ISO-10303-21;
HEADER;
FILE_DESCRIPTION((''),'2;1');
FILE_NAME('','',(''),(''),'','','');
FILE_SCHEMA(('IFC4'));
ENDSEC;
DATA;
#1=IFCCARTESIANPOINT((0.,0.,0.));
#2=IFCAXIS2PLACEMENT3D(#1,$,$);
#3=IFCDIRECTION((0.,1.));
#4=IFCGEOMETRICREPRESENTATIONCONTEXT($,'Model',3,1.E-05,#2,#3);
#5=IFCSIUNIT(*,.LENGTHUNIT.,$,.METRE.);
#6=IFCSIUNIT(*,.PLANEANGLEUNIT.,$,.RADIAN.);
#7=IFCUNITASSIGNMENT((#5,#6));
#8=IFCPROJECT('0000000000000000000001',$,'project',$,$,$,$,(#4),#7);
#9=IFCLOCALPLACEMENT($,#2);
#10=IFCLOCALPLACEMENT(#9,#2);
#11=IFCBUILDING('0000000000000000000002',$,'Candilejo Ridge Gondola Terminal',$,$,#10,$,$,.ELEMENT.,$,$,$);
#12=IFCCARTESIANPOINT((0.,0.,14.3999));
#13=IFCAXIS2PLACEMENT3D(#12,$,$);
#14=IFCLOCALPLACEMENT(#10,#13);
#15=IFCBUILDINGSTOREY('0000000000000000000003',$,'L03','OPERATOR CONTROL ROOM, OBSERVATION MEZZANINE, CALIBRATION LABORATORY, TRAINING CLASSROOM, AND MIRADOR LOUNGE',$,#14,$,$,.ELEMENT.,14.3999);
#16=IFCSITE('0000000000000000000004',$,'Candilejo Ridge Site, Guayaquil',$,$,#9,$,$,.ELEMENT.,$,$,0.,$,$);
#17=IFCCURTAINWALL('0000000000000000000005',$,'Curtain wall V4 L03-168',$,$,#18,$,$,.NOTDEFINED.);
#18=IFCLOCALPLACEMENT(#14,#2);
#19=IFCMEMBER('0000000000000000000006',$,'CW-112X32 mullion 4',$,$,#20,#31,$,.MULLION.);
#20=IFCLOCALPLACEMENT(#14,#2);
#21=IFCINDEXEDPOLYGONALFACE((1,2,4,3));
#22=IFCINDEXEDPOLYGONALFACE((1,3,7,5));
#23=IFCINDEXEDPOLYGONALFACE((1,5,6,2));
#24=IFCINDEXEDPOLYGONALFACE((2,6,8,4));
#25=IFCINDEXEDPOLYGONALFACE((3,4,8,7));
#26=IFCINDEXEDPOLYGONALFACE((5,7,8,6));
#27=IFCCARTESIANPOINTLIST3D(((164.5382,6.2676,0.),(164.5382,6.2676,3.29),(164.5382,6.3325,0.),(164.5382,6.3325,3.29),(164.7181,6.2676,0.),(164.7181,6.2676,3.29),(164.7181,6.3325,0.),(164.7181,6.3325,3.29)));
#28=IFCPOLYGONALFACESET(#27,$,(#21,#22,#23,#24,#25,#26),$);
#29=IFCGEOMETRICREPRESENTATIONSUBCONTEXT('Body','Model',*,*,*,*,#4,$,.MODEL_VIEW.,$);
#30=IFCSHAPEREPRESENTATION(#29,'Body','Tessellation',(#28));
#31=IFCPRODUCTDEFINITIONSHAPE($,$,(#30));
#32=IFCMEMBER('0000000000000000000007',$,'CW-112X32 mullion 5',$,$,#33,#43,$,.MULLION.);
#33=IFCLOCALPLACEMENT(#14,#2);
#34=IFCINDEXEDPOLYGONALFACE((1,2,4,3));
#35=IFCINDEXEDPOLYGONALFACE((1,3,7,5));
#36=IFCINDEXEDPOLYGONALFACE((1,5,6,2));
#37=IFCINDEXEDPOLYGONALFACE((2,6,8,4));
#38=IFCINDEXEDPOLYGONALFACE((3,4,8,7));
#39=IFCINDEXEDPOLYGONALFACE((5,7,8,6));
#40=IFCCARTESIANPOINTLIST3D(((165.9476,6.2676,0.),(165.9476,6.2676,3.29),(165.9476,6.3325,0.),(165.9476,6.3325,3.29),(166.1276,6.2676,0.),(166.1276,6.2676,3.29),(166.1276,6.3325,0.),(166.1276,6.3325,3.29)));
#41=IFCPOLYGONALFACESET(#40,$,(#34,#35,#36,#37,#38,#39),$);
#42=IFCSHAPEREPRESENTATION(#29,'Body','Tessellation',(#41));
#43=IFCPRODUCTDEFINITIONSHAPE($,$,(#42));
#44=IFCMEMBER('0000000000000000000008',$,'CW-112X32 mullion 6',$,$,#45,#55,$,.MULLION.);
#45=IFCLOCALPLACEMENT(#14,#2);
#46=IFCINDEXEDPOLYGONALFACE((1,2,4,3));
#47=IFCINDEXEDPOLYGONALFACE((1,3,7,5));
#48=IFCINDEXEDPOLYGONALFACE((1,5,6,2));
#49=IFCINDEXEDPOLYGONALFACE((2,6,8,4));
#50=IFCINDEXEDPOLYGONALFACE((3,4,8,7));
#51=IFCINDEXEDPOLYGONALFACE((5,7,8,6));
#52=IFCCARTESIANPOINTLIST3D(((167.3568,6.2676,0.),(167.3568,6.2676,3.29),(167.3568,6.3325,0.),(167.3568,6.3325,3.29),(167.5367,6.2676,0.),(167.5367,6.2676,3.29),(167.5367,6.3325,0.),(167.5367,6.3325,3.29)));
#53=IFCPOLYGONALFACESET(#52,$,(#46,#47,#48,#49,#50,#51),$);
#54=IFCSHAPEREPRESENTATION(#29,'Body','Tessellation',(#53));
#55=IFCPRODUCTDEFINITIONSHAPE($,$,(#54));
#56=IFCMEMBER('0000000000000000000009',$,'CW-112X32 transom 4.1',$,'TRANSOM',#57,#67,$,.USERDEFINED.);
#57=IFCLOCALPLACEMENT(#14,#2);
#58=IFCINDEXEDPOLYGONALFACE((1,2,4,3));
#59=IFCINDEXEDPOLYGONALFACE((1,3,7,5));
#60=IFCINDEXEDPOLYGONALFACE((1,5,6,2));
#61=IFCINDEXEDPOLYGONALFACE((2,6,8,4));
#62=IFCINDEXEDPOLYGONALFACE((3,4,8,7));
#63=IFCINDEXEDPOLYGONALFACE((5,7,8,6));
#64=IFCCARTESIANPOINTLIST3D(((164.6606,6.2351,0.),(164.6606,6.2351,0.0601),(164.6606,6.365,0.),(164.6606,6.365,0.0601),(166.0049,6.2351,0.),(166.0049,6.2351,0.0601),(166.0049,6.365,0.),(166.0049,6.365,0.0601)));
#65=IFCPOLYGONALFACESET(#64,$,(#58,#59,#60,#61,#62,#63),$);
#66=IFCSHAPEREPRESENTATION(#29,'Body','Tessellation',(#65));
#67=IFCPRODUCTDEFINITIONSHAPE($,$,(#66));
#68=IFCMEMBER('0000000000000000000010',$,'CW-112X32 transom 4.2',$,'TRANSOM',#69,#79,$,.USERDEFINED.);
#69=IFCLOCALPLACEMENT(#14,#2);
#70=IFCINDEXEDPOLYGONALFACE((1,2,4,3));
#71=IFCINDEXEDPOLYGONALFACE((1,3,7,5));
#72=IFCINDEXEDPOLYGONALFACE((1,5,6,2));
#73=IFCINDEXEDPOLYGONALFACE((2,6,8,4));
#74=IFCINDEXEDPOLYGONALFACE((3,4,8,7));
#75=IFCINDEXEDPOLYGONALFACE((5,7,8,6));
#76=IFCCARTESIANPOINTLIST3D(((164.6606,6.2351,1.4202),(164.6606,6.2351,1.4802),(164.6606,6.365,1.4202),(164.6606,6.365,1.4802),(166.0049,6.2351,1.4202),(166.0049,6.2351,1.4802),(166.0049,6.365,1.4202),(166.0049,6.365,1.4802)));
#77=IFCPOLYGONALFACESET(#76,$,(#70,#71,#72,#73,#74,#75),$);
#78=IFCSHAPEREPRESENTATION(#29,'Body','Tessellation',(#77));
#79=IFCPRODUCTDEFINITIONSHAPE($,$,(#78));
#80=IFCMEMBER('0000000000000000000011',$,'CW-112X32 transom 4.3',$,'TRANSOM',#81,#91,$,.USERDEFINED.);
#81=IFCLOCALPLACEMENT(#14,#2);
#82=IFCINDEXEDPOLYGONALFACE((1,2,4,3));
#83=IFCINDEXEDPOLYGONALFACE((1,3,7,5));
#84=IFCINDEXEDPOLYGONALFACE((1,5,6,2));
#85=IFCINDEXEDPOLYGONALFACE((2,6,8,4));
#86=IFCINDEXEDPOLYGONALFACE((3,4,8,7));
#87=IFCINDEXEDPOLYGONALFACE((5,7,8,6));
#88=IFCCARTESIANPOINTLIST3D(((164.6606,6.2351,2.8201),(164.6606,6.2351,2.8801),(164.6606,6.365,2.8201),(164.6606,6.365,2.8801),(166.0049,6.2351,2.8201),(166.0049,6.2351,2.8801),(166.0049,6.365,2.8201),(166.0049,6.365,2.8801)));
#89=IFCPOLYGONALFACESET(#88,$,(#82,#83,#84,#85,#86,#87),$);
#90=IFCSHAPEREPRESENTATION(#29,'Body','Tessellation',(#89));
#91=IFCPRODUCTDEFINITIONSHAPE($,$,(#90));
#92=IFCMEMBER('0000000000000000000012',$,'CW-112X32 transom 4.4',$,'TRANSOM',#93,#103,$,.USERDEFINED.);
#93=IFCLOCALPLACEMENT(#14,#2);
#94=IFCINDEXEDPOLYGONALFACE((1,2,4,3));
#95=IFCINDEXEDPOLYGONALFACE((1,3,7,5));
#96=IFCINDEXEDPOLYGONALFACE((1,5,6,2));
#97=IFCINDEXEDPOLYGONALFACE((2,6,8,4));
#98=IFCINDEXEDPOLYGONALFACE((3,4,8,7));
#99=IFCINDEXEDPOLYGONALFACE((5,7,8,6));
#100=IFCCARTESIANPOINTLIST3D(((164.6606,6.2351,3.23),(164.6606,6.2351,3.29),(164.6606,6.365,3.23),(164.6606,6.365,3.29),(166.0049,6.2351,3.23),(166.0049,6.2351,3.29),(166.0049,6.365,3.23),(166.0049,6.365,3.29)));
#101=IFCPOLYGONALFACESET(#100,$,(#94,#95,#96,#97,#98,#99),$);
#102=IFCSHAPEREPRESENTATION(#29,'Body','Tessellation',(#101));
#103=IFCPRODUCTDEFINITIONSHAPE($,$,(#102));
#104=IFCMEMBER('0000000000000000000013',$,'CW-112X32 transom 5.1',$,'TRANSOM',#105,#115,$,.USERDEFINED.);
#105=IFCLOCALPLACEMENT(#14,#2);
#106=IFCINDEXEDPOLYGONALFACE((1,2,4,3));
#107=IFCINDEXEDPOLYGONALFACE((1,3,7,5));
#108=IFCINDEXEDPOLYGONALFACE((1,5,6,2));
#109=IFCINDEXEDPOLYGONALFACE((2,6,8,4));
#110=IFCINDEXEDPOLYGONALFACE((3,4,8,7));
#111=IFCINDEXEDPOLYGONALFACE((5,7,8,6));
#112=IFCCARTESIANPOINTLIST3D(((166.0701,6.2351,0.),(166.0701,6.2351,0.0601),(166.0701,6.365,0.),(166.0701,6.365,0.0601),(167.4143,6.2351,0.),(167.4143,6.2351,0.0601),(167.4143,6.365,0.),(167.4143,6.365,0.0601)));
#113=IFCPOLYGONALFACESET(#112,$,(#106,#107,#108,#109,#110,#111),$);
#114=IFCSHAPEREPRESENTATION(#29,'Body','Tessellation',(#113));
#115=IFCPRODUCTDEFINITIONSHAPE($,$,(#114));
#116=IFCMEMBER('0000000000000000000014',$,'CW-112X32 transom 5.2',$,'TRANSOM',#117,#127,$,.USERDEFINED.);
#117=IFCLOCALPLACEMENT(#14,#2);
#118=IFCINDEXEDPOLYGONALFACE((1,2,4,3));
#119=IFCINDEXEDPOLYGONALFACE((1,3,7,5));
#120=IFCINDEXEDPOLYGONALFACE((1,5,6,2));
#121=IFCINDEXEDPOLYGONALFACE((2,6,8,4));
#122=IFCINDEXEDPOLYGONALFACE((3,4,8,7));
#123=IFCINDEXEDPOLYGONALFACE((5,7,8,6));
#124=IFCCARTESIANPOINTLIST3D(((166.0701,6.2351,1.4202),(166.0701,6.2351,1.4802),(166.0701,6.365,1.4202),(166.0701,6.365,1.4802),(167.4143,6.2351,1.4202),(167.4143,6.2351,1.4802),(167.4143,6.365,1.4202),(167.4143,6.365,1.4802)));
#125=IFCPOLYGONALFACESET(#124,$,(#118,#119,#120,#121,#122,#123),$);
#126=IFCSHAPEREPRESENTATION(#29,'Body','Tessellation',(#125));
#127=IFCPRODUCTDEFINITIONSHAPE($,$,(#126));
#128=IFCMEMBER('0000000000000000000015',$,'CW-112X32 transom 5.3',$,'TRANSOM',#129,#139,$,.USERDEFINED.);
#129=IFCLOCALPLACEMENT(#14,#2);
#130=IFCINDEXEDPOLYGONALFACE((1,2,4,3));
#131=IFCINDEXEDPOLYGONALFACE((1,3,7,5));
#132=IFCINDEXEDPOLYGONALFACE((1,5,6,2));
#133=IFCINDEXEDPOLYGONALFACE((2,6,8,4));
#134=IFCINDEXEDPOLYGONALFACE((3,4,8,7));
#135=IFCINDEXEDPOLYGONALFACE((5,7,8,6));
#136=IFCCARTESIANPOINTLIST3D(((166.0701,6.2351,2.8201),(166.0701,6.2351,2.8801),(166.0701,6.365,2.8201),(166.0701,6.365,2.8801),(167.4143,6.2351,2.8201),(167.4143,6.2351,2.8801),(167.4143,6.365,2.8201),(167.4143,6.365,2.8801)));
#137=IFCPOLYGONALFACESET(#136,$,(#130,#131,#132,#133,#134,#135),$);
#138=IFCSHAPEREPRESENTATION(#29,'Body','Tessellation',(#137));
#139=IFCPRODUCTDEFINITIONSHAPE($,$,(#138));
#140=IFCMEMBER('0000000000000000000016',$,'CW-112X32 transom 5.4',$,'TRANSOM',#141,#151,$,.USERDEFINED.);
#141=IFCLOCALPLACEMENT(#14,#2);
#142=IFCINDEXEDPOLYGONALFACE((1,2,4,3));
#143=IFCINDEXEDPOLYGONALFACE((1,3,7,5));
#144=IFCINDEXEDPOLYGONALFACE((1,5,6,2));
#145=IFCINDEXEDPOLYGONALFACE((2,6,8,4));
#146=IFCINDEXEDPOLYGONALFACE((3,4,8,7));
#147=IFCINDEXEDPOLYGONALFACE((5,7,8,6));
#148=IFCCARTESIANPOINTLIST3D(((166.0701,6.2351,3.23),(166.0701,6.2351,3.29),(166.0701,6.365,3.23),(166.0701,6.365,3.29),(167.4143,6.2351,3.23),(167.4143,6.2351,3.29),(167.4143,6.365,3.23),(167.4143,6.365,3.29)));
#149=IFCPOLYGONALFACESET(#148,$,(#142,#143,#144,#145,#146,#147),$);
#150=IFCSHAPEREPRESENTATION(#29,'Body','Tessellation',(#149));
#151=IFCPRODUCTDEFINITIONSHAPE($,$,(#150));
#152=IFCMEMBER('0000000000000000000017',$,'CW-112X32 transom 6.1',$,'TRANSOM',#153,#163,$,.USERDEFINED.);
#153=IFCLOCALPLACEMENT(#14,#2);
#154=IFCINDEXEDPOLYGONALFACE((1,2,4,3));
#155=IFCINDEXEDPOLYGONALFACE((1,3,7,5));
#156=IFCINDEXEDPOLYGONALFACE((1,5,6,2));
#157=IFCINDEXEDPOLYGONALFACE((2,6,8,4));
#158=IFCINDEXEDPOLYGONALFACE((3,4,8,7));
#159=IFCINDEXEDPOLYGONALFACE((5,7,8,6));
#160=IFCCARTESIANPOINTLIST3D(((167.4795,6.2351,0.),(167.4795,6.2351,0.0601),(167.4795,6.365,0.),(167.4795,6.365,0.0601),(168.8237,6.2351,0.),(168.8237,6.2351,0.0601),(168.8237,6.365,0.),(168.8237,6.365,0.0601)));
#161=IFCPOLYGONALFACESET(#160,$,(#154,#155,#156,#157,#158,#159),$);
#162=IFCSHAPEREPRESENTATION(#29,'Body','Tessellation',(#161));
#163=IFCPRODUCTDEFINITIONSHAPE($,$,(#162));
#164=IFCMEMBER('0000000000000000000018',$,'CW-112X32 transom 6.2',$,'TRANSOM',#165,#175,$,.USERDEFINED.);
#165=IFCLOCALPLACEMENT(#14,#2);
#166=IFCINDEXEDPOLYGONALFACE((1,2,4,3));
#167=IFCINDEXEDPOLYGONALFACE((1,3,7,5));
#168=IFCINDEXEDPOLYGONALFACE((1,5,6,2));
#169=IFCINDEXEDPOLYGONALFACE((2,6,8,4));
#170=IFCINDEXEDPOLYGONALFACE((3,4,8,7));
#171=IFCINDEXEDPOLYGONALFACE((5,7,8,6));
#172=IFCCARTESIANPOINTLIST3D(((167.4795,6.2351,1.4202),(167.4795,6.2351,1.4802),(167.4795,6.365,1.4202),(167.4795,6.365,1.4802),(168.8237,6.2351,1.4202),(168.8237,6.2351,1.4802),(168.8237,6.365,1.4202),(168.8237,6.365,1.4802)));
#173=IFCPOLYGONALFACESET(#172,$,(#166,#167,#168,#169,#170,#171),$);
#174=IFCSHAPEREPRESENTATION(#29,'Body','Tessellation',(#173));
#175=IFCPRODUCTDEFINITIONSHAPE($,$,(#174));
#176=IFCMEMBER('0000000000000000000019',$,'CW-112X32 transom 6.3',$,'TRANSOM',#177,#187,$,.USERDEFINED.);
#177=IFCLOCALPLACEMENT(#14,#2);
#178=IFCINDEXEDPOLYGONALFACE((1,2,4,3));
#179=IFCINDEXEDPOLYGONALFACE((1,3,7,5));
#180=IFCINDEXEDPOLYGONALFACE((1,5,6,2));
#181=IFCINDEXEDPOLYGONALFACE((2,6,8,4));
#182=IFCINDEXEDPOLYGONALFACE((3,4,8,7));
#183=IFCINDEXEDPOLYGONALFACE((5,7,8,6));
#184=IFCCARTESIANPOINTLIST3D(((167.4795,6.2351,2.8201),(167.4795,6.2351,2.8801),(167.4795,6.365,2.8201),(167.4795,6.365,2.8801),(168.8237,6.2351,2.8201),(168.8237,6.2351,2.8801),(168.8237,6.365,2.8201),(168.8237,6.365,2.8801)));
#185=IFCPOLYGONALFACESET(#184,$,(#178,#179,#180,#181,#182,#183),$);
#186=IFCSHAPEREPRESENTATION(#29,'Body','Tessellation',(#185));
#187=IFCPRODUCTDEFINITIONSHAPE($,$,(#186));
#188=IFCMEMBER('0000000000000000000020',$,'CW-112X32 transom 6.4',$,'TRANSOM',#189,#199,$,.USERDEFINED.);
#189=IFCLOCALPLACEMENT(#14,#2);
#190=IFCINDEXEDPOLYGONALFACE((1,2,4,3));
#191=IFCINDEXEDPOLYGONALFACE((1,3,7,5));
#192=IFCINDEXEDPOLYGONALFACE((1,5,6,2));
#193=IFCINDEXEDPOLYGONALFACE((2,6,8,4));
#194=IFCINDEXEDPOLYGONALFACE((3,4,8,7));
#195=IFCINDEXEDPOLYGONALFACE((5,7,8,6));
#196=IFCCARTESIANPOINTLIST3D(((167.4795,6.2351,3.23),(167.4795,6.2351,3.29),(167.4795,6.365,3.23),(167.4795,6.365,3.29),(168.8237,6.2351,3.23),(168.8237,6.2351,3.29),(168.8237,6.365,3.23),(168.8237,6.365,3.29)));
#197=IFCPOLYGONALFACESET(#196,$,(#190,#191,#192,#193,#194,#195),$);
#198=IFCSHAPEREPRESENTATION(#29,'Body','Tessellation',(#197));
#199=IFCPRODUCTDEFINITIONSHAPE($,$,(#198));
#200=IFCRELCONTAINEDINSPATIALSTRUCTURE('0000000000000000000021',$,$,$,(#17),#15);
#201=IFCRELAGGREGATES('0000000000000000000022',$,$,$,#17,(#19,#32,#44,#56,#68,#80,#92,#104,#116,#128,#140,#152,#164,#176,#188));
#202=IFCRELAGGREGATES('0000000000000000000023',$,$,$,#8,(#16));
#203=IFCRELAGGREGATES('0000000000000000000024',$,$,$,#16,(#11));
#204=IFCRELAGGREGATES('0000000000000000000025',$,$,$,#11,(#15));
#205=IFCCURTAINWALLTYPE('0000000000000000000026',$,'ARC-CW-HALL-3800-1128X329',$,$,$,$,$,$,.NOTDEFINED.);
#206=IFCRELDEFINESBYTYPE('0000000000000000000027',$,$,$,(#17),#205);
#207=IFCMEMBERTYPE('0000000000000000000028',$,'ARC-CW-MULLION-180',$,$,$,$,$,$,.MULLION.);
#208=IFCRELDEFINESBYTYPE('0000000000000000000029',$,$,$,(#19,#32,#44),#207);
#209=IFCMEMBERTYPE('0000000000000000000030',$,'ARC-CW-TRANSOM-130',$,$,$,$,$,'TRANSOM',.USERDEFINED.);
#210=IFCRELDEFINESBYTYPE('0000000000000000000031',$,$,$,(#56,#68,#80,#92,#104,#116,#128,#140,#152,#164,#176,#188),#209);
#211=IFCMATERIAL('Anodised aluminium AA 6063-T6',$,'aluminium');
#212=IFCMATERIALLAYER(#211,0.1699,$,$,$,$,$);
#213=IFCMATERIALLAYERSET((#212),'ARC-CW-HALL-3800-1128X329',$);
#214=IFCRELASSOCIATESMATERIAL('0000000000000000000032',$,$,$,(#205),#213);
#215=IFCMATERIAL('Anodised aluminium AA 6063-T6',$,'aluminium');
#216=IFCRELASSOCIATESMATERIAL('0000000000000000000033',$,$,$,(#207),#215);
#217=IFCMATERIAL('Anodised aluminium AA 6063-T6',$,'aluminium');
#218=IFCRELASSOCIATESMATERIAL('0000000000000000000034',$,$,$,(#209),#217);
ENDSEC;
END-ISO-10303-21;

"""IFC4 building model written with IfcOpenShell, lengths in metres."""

from ifc_helpers import new_model, si_unit, direction, frame, origin, origin_2d, place, context, subcontext, project, spatial, rectangle, extrude, material, layer, layer_set, material_profile, profile_set, type_object, element, aggregate, save


model = new_model("IFC4")

# Units and contexts
model_context = context("Model", 3, precision=1e-05, world=origin(), true_north=direction((0.0, 1.0)))
body_context = subcontext(model_context, "Body", "Model", "MODEL_VIEW")
ifc_project = project(units=[si_unit("LENGTHUNIT", "METRE"), si_unit("PLANEANGLEUNIT", "RADIAN")], contexts=[model_context])

# Site, building, storey
site_placement = place(None, origin())
site = spatial("IfcSite", under=ifc_project, at=site_placement, Name="Candilejo Ridge Site, Guayaquil", CompositionType="ELEMENT", RefElevation=0.0)
building_placement = place(site_placement, origin())
building = spatial("IfcBuilding", under=site, at=building_placement, Name="Candilejo Ridge Gondola Terminal", CompositionType="ELEMENT")
storey_placement = place(building_placement, frame((0.0, 0.0, 14.3999)))
storey = spatial("IfcBuildingStorey", under=building, at=storey_placement, Name="L03", Description="OPERATOR CONTROL ROOM, OBSERVATION MEZZANINE, CALIBRATION LABORATORY, TRAINING CLASSROOM, AND MIRADOR LOUNGE", CompositionType="ELEMENT", Elevation=14.3999)

# Curtain wall, members
ifc_material_1 = material(Name="Anodised aluminium AA 6063-T6", Category="aluminium")
ifc_layer_1 = layer(ifc_material_1, 0.1699)
ifc_layer_set_1 = layer_set([ifc_layer_1], Name="ARC-CW-HALL-3800-1128X329")
curtain_wall_type = type_object("IfcCurtainWallType", Name="ARC-CW-HALL-3800-1128X329", PredefinedType="NOTDEFINED", material=ifc_layer_set_1)
curtain_wall_placement = place(storey_placement, origin())
curtain_wall = element("IfcCurtainWall", 1, at=curtain_wall_placement, inside=storey, type_object=curtain_wall_type, Name="Curtain wall V4 L03-168", PredefinedType="NOTDEFINED")
ifc_material_2 = material(Name="Anodised aluminium AA 6063-T6", Category="aluminium")
ifc_material_profile_1 = material_profile(ifc_material_2, rectangle(XDim=0.0649, YDim=0.1799, at=origin_2d()))
ifc_profile_set_1 = profile_set([ifc_material_profile_1], Name="Anodised aluminium AA 6063-T6")
member_type_1 = type_object("IfcMemberType", Name="ARC-CW-MULLION-180", PredefinedType="MULLION", material=ifc_profile_set_1)
member_1_placement = place(storey_placement, frame((164.6282, 6.3, 0.0), z_axis=(0.0, 0.0, 1.0), x_axis=(0.0, 1.0, 0.0)))
member_1 = element("IfcMember", 2, at=member_1_placement, type_object=member_type_1, Name="CW-112X32 mullion 4", PredefinedType="MULLION", context=body_context, shape_type="SweptSolid", body=[
    extrude(rectangle(XDim=0.0649, YDim=0.1799, at=origin_2d()), origin(), (0.0, 0.0, 1.0), 3.29),
])
member_2_placement = place(storey_placement, frame((166.0376, 6.3, 0.0), z_axis=(0.0, 0.0, 1.0), x_axis=(0.0, 1.0, 0.0)))
member_2 = element("IfcMember", 3, at=member_2_placement, type_object=member_type_1, Name="CW-112X32 mullion 5", PredefinedType="MULLION", context=body_context, shape_type="SweptSolid", body=[
    extrude(rectangle(XDim=0.0649, YDim=0.1799, at=origin_2d()), origin(), (0.0, 0.0, 1.0), 3.29),
])
member_3_placement = place(storey_placement, frame((167.4468, 6.3, 0.0), z_axis=(0.0, 0.0, 1.0), x_axis=(0.0, 1.0, 0.0)))
member_3 = element("IfcMember", 4, at=member_3_placement, type_object=member_type_1, Name="CW-112X32 mullion 6", PredefinedType="MULLION", context=body_context, shape_type="SweptSolid", body=[
    extrude(rectangle(XDim=0.0649, YDim=0.1799, at=origin_2d()), origin(), (0.0, 0.0, 1.0), 3.29),
])
ifc_material_3 = material(Name="Anodised aluminium AA 6063-T6", Category="aluminium")
ifc_material_profile_2 = material_profile(ifc_material_3, rectangle(XDim=0.1299, YDim=0.0601, at=origin_2d()))
ifc_profile_set_2 = profile_set([ifc_material_profile_2], Name="Anodised aluminium AA 6063-T6")
member_type_2 = type_object("IfcMemberType", Name="ARC-CW-TRANSOM-130", ElementType="TRANSOM", PredefinedType="USERDEFINED", material=ifc_profile_set_2)
member_4_placement = place(storey_placement, frame((164.6606, 6.3, 0.03), z_axis=(1.0, 0.0, 0.0), x_axis=(0.0, 1.0, 0.0)))
member_4 = element("IfcMember", 5, at=member_4_placement, type_object=member_type_2, Name="CW-112X32 transom 4.1", ObjectType="TRANSOM", PredefinedType="USERDEFINED", context=body_context, shape_type="SweptSolid", body=[
    extrude(rectangle(XDim=0.1299, YDim=0.0601, at=origin_2d()), origin(), (0.0, 0.0, 1.0), 1.3442),
])
member_5_placement = place(storey_placement, frame((164.6606, 6.3, 1.4502), z_axis=(1.0, 0.0, 0.0), x_axis=(0.0, 1.0, 0.0)))
member_5 = element("IfcMember", 6, at=member_5_placement, type_object=member_type_2, Name="CW-112X32 transom 4.2", ObjectType="TRANSOM", PredefinedType="USERDEFINED", context=body_context, shape_type="SweptSolid", body=[
    extrude(rectangle(XDim=0.1299, YDim=0.0601, at=origin_2d()), origin(), (0.0, 0.0, 1.0), 1.3442),
])
member_6_placement = place(storey_placement, frame((164.6606, 6.3, 2.8501), z_axis=(1.0, 0.0, 0.0), x_axis=(0.0, 1.0, 0.0)))
member_6 = element("IfcMember", 7, at=member_6_placement, type_object=member_type_2, Name="CW-112X32 transom 4.3", ObjectType="TRANSOM", PredefinedType="USERDEFINED", context=body_context, shape_type="SweptSolid", body=[
    extrude(rectangle(XDim=0.1299, YDim=0.0601, at=origin_2d()), origin(), (0.0, 0.0, 1.0), 1.3442),
])
member_7_placement = place(storey_placement, frame((164.6606, 6.3, 3.26), z_axis=(1.0, 0.0, 0.0), x_axis=(0.0, 1.0, 0.0)))
member_7 = element("IfcMember", 8, at=member_7_placement, type_object=member_type_2, Name="CW-112X32 transom 4.4", ObjectType="TRANSOM", PredefinedType="USERDEFINED", context=body_context, shape_type="SweptSolid", body=[
    extrude(rectangle(XDim=0.1299, YDim=0.0601, at=origin_2d()), origin(), (0.0, 0.0, 1.0), 1.3442),
])
member_8_placement = place(storey_placement, frame((166.0701, 6.3, 0.03), z_axis=(1.0, 0.0, 0.0), x_axis=(0.0, 1.0, 0.0)))
member_8 = element("IfcMember", 9, at=member_8_placement, type_object=member_type_2, Name="CW-112X32 transom 5.1", ObjectType="TRANSOM", PredefinedType="USERDEFINED", context=body_context, shape_type="SweptSolid", body=[
    extrude(rectangle(XDim=0.1299, YDim=0.0601, at=origin_2d()), origin(), (0.0, 0.0, 1.0), 1.3442),
])
member_9_placement = place(storey_placement, frame((166.0701, 6.3, 1.4502), z_axis=(1.0, 0.0, 0.0), x_axis=(0.0, 1.0, 0.0)))
member_9 = element("IfcMember", 10, at=member_9_placement, type_object=member_type_2, Name="CW-112X32 transom 5.2", ObjectType="TRANSOM", PredefinedType="USERDEFINED", context=body_context, shape_type="SweptSolid", body=[
    extrude(rectangle(XDim=0.1299, YDim=0.0601, at=origin_2d()), origin(), (0.0, 0.0, 1.0), 1.3442),
])
member_10_placement = place(storey_placement, frame((166.0701, 6.3, 2.8501), z_axis=(1.0, 0.0, 0.0), x_axis=(0.0, 1.0, 0.0)))
member_10 = element("IfcMember", 11, at=member_10_placement, type_object=member_type_2, Name="CW-112X32 transom 5.3", ObjectType="TRANSOM", PredefinedType="USERDEFINED", context=body_context, shape_type="SweptSolid", body=[
    extrude(rectangle(XDim=0.1299, YDim=0.0601, at=origin_2d()), origin(), (0.0, 0.0, 1.0), 1.3442),
])
member_11_placement = place(storey_placement, frame((166.0701, 6.3, 3.26), z_axis=(1.0, 0.0, 0.0), x_axis=(0.0, 1.0, 0.0)))
member_11 = element("IfcMember", 12, at=member_11_placement, type_object=member_type_2, Name="CW-112X32 transom 5.4", ObjectType="TRANSOM", PredefinedType="USERDEFINED", context=body_context, shape_type="SweptSolid", body=[
    extrude(rectangle(XDim=0.1299, YDim=0.0601, at=origin_2d()), origin(), (0.0, 0.0, 1.0), 1.3442),
])
member_12_placement = place(storey_placement, frame((167.4795, 6.3, 0.03), z_axis=(1.0, 0.0, 0.0), x_axis=(0.0, 1.0, 0.0)))
member_12 = element("IfcMember", 13, at=member_12_placement, type_object=member_type_2, Name="CW-112X32 transom 6.1", ObjectType="TRANSOM", PredefinedType="USERDEFINED", context=body_context, shape_type="SweptSolid", body=[
    extrude(rectangle(XDim=0.1299, YDim=0.0601, at=origin_2d()), origin(), (0.0, 0.0, 1.0), 1.3442),
])
member_13_placement = place(storey_placement, frame((167.4795, 6.3, 1.4502), z_axis=(1.0, 0.0, 0.0), x_axis=(0.0, 1.0, 0.0)))
member_13 = element("IfcMember", 14, at=member_13_placement, type_object=member_type_2, Name="CW-112X32 transom 6.2", ObjectType="TRANSOM", PredefinedType="USERDEFINED", context=body_context, shape_type="SweptSolid", body=[
    extrude(rectangle(XDim=0.1299, YDim=0.0601, at=origin_2d()), origin(), (0.0, 0.0, 1.0), 1.3442),
])
member_14_placement = place(storey_placement, frame((167.4795, 6.3, 2.8501), z_axis=(1.0, 0.0, 0.0), x_axis=(0.0, 1.0, 0.0)))
member_14 = element("IfcMember", 15, at=member_14_placement, type_object=member_type_2, Name="CW-112X32 transom 6.3", ObjectType="TRANSOM", PredefinedType="USERDEFINED", context=body_context, shape_type="SweptSolid", body=[
    extrude(rectangle(XDim=0.1299, YDim=0.0601, at=origin_2d()), origin(), (0.0, 0.0, 1.0), 1.3442),
])
member_15_placement = place(storey_placement, frame((167.4795, 6.3, 3.26), z_axis=(1.0, 0.0, 0.0), x_axis=(0.0, 1.0, 0.0)))
member_15 = element("IfcMember", 16, at=member_15_placement, type_object=member_type_2, Name="CW-112X32 transom 6.4", ObjectType="TRANSOM", PredefinedType="USERDEFINED", context=body_context, shape_type="SweptSolid", body=[
    extrude(rectangle(XDim=0.1299, YDim=0.0601, at=origin_2d()), origin(), (0.0, 0.0, 1.0), 1.3442),
])
aggregate(curtain_wall, [member_1, member_2, member_3, member_4, member_5, member_6, member_7, member_8, member_9, member_10, member_11, member_12, member_13, member_14, member_15])

save(model, "model.ifc")
